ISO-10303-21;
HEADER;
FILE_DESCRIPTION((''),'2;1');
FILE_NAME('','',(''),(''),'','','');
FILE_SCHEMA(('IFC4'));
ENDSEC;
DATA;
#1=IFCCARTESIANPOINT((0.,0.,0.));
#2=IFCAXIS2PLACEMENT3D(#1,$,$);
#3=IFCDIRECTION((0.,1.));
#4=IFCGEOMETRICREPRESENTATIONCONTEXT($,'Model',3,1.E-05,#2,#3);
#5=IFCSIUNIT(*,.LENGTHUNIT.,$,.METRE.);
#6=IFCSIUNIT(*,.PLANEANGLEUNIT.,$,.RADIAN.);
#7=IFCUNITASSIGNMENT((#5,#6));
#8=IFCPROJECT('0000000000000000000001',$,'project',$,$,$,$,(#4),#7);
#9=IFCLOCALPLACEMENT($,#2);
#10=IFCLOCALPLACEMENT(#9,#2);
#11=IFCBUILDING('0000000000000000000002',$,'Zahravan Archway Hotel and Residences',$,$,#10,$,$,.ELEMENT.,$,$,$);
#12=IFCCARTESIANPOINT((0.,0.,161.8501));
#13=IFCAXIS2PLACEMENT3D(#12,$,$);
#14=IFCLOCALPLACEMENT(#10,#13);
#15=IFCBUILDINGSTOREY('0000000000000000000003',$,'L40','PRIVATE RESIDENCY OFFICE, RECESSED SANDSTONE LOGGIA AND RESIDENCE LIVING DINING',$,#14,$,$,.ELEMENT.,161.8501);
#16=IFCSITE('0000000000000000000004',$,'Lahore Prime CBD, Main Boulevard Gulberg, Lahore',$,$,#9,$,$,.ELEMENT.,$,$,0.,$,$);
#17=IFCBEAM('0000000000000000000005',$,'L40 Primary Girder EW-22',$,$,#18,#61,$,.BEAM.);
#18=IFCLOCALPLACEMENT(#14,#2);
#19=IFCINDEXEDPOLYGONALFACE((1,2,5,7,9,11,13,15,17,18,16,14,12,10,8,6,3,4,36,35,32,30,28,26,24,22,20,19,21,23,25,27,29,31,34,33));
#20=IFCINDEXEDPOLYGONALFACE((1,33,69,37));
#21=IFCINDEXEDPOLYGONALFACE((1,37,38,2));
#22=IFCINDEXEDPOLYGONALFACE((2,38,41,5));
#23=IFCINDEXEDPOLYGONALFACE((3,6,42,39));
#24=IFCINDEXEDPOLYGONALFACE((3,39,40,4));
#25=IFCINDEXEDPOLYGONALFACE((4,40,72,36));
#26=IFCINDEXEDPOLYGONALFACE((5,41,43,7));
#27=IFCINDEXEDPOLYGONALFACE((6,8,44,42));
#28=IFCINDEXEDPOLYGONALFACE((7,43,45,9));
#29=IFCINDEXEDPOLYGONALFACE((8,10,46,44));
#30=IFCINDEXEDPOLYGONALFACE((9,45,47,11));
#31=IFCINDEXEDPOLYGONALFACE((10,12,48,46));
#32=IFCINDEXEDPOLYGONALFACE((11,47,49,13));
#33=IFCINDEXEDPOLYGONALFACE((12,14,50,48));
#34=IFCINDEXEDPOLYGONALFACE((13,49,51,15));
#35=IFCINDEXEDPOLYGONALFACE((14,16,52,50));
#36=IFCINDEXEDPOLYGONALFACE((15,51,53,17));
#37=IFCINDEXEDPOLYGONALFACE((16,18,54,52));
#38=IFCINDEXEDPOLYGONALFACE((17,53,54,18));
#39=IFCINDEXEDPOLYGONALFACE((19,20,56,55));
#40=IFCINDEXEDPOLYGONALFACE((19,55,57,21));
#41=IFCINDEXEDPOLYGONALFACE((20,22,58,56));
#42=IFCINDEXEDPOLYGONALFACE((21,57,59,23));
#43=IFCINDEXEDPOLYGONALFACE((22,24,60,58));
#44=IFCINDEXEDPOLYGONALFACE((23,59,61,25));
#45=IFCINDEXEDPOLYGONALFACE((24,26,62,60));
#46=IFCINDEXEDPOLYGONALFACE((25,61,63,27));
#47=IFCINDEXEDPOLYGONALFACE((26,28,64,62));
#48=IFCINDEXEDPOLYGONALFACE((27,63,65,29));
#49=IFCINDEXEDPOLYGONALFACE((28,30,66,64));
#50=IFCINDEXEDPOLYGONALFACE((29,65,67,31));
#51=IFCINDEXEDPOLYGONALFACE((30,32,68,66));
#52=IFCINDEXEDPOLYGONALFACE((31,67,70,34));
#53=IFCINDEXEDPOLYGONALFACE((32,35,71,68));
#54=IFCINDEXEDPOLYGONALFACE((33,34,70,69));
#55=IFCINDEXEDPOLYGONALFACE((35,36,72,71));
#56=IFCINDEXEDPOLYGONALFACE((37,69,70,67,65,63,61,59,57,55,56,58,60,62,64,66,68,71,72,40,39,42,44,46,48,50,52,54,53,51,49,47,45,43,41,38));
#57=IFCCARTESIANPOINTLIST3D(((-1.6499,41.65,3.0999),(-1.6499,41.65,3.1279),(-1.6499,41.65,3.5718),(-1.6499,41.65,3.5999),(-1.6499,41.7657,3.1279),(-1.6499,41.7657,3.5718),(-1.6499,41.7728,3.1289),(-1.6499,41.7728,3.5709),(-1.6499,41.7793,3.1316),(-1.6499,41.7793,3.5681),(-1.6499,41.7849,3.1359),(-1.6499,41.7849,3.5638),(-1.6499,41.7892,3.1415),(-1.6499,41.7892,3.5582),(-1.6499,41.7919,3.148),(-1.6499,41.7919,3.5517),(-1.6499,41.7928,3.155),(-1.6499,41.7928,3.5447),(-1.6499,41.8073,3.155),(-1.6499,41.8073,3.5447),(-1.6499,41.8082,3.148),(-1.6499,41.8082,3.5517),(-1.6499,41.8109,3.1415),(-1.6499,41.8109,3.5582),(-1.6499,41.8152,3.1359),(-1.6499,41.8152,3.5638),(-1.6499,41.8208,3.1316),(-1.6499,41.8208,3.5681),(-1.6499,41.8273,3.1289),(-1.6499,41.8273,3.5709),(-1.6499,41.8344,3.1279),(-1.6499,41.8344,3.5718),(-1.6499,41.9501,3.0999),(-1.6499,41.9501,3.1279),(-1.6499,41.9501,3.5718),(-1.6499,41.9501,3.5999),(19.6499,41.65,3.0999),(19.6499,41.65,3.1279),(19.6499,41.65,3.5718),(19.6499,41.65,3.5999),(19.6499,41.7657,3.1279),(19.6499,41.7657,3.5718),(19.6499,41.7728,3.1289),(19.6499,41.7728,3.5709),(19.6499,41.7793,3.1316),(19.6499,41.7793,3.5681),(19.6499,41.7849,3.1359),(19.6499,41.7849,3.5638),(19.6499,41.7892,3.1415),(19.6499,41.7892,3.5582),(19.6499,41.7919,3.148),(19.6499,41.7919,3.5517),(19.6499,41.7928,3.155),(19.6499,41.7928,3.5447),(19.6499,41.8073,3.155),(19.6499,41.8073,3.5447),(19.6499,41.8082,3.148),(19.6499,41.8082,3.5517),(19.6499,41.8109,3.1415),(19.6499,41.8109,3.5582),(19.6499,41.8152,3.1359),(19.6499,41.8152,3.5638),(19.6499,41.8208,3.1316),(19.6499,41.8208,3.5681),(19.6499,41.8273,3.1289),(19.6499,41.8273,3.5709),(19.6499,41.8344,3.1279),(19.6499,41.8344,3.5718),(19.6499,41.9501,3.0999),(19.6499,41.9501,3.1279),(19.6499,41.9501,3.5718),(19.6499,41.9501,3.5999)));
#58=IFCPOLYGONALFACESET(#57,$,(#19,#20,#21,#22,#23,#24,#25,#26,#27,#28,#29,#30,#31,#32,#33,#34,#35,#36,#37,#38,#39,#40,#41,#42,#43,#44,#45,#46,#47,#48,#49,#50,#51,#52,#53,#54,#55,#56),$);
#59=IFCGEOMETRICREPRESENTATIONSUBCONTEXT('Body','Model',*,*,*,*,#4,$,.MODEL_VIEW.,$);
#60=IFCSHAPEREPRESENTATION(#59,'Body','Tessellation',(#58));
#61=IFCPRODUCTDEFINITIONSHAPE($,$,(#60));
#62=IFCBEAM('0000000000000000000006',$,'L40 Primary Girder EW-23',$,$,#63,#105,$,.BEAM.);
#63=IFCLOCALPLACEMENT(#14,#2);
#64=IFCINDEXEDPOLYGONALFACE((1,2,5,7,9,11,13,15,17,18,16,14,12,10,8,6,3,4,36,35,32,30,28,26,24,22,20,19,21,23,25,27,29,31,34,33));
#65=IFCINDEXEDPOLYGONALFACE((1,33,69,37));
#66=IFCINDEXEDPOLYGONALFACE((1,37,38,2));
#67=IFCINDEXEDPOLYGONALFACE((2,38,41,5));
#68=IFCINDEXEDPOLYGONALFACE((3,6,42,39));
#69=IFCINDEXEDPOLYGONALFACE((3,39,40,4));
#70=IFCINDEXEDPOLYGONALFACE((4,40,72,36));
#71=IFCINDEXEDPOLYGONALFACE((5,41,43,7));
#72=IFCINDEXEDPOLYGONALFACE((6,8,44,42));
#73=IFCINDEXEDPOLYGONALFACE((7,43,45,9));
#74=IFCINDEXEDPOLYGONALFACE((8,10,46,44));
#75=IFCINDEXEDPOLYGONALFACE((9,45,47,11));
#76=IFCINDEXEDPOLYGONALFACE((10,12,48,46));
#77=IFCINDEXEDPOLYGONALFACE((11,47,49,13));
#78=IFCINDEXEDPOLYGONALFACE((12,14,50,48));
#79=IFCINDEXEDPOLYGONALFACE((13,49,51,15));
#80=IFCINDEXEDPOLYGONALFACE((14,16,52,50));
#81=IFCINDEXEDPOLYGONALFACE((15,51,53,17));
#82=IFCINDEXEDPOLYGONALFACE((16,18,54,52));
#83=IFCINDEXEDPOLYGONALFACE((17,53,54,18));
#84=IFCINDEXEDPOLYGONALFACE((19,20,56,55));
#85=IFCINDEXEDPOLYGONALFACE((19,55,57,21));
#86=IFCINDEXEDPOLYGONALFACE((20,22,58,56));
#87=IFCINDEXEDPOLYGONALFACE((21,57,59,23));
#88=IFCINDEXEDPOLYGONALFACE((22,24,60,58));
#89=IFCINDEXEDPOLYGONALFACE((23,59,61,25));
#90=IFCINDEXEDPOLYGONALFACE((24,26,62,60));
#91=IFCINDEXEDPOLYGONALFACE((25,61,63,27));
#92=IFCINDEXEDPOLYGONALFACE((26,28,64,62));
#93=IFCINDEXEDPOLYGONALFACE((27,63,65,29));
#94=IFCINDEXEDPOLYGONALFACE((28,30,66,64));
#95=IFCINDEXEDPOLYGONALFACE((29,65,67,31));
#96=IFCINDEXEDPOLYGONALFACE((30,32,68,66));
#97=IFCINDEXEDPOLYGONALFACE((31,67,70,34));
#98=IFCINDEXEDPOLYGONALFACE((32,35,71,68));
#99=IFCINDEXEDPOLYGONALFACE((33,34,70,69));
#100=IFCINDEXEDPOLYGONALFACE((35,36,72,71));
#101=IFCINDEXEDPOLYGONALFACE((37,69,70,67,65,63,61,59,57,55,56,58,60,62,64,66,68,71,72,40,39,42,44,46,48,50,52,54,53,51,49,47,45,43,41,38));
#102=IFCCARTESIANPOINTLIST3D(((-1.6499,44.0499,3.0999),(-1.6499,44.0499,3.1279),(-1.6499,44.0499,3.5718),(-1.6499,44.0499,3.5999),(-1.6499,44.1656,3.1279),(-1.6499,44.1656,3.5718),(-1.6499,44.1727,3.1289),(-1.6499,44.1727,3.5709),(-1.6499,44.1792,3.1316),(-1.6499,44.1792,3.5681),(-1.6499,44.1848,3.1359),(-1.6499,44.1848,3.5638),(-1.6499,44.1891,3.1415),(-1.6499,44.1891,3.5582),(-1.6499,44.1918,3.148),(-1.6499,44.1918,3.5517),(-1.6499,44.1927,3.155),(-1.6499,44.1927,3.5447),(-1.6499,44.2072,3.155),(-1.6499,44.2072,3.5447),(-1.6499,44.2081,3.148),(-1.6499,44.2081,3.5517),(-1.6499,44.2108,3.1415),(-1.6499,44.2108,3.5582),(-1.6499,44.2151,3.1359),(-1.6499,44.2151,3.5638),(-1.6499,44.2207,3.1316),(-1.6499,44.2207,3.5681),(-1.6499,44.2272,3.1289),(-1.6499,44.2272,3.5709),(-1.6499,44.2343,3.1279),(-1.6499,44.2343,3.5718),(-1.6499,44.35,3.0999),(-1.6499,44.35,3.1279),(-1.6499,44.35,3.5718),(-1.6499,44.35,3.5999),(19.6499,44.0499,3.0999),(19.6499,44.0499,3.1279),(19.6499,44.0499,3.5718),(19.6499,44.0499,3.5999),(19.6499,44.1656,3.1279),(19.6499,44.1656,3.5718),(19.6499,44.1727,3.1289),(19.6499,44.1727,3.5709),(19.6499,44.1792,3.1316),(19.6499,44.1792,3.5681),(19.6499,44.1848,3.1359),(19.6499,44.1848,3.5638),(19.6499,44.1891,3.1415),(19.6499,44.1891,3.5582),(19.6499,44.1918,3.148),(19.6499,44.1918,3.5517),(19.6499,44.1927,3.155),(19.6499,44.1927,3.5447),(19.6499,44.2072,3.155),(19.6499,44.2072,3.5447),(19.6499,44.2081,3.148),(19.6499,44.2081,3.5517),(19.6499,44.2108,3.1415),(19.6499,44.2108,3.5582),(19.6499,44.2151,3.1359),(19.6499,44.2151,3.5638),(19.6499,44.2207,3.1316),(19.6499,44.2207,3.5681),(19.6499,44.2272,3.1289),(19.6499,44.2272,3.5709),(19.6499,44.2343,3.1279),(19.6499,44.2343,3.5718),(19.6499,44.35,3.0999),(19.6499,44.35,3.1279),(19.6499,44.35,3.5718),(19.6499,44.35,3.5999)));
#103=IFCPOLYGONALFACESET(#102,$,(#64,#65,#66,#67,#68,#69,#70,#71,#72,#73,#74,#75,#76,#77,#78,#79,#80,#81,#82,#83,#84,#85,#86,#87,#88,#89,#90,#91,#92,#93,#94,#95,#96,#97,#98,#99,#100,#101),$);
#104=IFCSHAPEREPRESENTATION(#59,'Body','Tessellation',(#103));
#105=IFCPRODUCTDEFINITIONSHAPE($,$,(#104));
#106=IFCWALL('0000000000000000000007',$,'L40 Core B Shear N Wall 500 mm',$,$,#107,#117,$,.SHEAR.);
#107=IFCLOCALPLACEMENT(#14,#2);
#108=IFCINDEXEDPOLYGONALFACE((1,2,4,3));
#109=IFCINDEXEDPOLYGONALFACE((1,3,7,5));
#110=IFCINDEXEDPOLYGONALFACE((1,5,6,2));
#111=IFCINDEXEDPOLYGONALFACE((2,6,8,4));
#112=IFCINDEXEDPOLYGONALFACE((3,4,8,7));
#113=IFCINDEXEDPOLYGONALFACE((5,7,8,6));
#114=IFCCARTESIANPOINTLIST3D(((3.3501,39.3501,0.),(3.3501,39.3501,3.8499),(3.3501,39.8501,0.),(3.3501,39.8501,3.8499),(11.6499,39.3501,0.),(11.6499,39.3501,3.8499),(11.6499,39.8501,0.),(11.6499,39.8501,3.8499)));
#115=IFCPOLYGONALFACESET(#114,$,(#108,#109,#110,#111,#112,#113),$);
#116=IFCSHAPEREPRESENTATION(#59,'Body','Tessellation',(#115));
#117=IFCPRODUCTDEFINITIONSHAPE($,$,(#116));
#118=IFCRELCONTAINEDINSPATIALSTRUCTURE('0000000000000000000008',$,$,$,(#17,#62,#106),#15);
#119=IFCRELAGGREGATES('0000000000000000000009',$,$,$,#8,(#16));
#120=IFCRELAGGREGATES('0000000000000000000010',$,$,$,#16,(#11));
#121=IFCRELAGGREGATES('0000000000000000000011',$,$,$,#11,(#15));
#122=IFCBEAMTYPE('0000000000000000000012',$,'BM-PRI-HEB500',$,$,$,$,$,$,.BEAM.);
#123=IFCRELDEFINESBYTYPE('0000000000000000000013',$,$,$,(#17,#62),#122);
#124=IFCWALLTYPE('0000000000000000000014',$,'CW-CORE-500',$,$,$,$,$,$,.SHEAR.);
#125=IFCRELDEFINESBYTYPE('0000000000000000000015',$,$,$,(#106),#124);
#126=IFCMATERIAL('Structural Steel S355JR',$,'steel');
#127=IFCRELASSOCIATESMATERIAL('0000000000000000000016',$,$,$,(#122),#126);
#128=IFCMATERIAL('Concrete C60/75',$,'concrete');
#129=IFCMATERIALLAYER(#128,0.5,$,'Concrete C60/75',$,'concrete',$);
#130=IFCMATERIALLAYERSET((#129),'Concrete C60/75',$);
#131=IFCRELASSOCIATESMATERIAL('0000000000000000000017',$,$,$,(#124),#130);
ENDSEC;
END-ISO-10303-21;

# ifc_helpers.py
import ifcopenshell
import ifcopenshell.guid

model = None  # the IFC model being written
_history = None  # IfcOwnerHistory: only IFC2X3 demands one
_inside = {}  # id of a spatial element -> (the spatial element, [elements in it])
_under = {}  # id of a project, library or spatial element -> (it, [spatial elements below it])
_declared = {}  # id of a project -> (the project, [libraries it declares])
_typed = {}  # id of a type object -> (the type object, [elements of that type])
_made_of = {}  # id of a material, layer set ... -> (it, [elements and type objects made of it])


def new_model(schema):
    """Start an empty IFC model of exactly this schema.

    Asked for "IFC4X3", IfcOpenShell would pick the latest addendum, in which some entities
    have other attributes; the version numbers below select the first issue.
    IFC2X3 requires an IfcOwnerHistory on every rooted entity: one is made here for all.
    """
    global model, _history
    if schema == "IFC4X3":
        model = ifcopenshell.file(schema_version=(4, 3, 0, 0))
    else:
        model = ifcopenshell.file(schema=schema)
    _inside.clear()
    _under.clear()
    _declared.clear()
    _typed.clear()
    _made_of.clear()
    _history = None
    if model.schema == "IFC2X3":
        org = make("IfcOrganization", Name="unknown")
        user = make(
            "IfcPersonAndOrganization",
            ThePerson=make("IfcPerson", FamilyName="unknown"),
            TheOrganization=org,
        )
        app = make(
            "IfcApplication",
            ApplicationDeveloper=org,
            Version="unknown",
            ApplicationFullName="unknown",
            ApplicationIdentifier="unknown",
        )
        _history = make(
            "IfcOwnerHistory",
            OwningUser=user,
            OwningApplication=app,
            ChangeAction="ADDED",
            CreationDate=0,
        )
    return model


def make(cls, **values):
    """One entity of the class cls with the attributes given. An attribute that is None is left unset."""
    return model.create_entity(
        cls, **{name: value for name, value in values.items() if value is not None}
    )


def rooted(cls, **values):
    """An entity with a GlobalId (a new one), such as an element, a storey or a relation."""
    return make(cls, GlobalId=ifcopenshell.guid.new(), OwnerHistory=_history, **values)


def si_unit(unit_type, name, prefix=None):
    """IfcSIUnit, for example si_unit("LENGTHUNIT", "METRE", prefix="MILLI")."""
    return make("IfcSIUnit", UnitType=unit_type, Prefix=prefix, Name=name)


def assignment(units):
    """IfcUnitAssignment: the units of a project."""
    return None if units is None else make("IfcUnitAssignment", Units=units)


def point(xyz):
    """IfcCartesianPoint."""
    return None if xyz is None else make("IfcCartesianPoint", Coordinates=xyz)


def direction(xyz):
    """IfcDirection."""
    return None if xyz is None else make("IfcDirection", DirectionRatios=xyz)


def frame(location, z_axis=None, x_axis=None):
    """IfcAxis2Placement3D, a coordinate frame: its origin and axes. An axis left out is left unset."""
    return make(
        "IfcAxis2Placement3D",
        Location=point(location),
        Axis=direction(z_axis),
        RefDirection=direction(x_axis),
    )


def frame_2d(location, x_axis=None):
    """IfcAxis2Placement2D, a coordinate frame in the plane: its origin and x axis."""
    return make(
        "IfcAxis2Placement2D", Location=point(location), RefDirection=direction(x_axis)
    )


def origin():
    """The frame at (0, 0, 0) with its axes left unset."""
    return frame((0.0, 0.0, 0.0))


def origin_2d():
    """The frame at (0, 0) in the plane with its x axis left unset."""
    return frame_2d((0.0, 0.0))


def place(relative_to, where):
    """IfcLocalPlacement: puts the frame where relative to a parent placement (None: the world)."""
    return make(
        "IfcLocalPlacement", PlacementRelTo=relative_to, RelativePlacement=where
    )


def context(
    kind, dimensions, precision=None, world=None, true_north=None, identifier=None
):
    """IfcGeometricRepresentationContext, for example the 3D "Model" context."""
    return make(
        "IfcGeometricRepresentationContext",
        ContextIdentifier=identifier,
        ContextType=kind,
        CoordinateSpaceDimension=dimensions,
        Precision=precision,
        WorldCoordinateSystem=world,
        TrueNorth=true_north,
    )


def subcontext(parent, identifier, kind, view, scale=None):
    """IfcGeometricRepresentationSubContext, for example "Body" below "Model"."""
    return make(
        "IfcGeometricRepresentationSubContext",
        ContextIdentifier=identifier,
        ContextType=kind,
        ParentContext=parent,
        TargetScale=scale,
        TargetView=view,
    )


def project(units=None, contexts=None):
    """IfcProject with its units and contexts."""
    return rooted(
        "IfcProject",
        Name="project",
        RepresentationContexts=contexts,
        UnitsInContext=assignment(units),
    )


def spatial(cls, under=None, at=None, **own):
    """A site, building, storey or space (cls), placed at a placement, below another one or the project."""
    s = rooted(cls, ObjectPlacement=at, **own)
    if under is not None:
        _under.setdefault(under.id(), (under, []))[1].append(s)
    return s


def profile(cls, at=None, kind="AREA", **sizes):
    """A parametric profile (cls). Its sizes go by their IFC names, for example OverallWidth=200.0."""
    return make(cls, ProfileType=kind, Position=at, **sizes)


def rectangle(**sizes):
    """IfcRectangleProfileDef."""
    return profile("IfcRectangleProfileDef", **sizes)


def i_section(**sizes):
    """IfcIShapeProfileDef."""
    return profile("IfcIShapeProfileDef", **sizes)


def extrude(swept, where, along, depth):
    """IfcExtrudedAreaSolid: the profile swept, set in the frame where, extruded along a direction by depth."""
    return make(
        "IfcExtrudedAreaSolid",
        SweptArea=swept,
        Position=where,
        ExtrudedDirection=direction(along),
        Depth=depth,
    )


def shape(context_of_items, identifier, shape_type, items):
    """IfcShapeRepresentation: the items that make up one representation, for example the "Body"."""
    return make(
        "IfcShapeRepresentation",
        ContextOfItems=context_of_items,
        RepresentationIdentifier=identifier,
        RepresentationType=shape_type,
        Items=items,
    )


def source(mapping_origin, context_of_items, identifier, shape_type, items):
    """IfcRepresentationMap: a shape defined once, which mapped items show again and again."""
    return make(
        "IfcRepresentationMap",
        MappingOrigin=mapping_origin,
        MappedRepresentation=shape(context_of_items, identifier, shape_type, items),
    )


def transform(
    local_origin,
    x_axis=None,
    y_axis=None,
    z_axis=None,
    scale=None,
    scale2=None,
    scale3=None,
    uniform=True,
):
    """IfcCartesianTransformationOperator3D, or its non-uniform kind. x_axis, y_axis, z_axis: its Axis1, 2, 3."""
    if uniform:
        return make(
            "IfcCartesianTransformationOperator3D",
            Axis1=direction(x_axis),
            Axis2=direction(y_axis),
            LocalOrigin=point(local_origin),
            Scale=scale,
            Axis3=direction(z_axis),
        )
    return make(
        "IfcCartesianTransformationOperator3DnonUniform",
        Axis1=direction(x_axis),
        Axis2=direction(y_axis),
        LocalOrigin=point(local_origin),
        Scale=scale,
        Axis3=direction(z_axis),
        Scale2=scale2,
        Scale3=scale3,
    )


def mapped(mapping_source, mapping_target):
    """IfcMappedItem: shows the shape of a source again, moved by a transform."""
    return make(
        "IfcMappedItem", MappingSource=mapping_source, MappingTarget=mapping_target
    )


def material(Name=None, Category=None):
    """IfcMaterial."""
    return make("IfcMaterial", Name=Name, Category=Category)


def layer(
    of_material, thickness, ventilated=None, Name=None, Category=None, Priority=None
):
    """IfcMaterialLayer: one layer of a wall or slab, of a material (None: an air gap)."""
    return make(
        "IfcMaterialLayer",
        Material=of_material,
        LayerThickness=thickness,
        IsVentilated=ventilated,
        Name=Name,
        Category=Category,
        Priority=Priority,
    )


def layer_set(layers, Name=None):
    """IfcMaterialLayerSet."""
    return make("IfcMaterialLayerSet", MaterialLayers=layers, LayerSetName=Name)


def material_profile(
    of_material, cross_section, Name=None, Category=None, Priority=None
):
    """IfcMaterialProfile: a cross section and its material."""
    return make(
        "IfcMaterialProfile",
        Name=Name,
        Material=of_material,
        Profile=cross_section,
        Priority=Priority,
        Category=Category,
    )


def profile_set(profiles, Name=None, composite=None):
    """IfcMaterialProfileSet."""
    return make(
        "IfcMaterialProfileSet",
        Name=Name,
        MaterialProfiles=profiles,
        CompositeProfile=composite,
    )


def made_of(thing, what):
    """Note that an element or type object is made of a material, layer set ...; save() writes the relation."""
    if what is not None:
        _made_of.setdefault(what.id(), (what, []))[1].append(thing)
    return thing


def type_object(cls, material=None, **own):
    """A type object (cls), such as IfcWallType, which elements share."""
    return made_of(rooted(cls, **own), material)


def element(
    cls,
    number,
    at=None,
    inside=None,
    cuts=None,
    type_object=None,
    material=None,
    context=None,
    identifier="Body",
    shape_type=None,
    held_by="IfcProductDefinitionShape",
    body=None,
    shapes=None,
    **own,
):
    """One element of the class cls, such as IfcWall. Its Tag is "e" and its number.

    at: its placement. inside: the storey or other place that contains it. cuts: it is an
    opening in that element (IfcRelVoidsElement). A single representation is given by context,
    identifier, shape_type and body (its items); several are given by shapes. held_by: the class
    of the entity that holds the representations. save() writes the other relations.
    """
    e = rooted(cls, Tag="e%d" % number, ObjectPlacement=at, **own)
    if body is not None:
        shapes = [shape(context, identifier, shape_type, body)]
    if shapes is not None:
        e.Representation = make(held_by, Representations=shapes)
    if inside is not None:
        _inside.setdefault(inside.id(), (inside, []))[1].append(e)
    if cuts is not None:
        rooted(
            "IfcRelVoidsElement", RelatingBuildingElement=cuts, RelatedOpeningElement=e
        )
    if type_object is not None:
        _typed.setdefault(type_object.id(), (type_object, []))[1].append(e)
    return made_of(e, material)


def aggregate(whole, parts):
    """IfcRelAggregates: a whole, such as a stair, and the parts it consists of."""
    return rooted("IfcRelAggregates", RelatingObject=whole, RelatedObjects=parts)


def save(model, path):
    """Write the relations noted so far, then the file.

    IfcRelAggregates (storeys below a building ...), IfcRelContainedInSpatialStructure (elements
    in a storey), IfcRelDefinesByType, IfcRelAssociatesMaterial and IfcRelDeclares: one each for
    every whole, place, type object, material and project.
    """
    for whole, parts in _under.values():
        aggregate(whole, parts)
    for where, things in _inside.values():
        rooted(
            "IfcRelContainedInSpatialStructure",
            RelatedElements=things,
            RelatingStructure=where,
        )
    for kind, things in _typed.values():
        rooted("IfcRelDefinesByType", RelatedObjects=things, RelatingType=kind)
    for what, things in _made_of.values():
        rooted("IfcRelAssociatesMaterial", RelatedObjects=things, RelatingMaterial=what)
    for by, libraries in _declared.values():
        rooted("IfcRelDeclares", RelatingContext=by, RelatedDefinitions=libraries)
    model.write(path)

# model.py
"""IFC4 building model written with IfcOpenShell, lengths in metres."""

from ifc_helpers import new_model, si_unit, direction, frame, frame_2d, origin, origin_2d, place, context, subcontext, project, spatial, rectangle, i_section, extrude, source, transform, mapped, material, layer, layer_set, material_profile, profile_set, type_object, element, save


model = new_model("IFC4")

# Units and contexts
model_context = context("Model", 3, precision=1e-05, world=origin(), true_north=direction((0.0, 1.0)))
body_context = subcontext(model_context, "Body", "Model", "MODEL_VIEW")
ifc_project = project(units=[si_unit("LENGTHUNIT", "METRE"), si_unit("PLANEANGLEUNIT", "RADIAN")], contexts=[model_context])

# Site, building, storey
site_placement = place(None, origin())
site = spatial("IfcSite", under=ifc_project, at=site_placement, Name="Lahore Prime CBD, Main Boulevard Gulberg, Lahore", CompositionType="ELEMENT", RefElevation=0.0)
building_placement = place(site_placement, origin())
building = spatial("IfcBuilding", under=site, at=building_placement, Name="Zahravan Archway Hotel and Residences", CompositionType="ELEMENT")
storey_placement = place(building_placement, frame((0.0, 0.0, 161.8501)))
storey = spatial("IfcBuildingStorey", under=building, at=storey_placement, Name="L40", Description="PRIVATE RESIDENCY OFFICE, RECESSED SANDSTONE LOGGIA AND RESIDENCE LIVING DINING", CompositionType="ELEMENT", Elevation=161.8501)

# Shared definitions
ifc_material_1 = material(Name="Concrete C60/75", Category="concrete")

# Beams
ifc_material_2 = material(Name="Structural Steel S355JR", Category="steel")
ifc_material_profile_1 = material_profile(ifc_material_2, i_section(OverallWidth=0.3, OverallDepth=0.5, WebThickness=0.0144, FlangeThickness=0.0281, FilletRadius=0.0271, at=origin_2d()), Name="HEB 500", Category="steel")
ifc_profile_set_1 = profile_set([ifc_material_profile_1], Name="Structural Steel S355JR")
beam_type_1 = type_object("IfcBeamType", Name="BM-PRI-HEB500", PredefinedType="BEAM", material=ifc_profile_set_1)
shared_shape_1 = source(origin(), body_context, "Body", "SweptSolid", [
    extrude(i_section(OverallWidth=0.3, OverallDepth=0.5, WebThickness=0.0144, FlangeThickness=0.0281, FilletRadius=0.0271, at=origin_2d()), origin(), (0.0, 0.0, 1.0), 21.2998),
])
for number, where, z_axis, x_axis, name in (
    (1, (-1.6499, 41.8, 3.3499), (1.0, 0.0, 0.0), (0.0, 1.0, 0.0), "L40 Primary Girder EW-22"),
    (2, (-1.6499, 44.2, 3.3499), (1.0, 0.0, 0.0), (0.0, 1.0, 0.0), "L40 Primary Girder EW-23"),
):
    element("IfcBeam", number, at=place(storey_placement, frame(where, z_axis=z_axis, x_axis=x_axis)), inside=storey, type_object=beam_type_1, Name=name, PredefinedType="BEAM", context=body_context, shape_type="MappedRepresentation", body=[
        mapped(shared_shape_1, transform((0.0, 0.0, 0.0), scale=1.0)),
    ])

# Wall
ifc_layer_1 = layer(ifc_material_1, 0.5, Name="Concrete C60/75", Category="concrete")
ifc_layer_set_1 = layer_set([ifc_layer_1], Name="Concrete C60/75")
wall_type_1 = type_object("IfcWallType", Name="CW-CORE-500", PredefinedType="SHEAR", material=ifc_layer_set_1)
wall_1_placement = place(storey_placement, frame((3.3501, 39.6001, 0.0), z_axis=(0.0, 0.0, 1.0), x_axis=(1.0, 0.0, 0.0)))
element("IfcWall", 3, at=wall_1_placement, inside=storey, type_object=wall_type_1, Name="L40 Core B Shear N Wall 500 mm", PredefinedType="SHEAR", context=body_context, shape_type="SweptSolid", body=[
    extrude(rectangle(XDim=8.2998, YDim=0.5, at=frame_2d((4.1499, 0.0))), origin(), (0.0, 0.0, 1.0), 3.8499),
])

save(model, "model.ifc")
